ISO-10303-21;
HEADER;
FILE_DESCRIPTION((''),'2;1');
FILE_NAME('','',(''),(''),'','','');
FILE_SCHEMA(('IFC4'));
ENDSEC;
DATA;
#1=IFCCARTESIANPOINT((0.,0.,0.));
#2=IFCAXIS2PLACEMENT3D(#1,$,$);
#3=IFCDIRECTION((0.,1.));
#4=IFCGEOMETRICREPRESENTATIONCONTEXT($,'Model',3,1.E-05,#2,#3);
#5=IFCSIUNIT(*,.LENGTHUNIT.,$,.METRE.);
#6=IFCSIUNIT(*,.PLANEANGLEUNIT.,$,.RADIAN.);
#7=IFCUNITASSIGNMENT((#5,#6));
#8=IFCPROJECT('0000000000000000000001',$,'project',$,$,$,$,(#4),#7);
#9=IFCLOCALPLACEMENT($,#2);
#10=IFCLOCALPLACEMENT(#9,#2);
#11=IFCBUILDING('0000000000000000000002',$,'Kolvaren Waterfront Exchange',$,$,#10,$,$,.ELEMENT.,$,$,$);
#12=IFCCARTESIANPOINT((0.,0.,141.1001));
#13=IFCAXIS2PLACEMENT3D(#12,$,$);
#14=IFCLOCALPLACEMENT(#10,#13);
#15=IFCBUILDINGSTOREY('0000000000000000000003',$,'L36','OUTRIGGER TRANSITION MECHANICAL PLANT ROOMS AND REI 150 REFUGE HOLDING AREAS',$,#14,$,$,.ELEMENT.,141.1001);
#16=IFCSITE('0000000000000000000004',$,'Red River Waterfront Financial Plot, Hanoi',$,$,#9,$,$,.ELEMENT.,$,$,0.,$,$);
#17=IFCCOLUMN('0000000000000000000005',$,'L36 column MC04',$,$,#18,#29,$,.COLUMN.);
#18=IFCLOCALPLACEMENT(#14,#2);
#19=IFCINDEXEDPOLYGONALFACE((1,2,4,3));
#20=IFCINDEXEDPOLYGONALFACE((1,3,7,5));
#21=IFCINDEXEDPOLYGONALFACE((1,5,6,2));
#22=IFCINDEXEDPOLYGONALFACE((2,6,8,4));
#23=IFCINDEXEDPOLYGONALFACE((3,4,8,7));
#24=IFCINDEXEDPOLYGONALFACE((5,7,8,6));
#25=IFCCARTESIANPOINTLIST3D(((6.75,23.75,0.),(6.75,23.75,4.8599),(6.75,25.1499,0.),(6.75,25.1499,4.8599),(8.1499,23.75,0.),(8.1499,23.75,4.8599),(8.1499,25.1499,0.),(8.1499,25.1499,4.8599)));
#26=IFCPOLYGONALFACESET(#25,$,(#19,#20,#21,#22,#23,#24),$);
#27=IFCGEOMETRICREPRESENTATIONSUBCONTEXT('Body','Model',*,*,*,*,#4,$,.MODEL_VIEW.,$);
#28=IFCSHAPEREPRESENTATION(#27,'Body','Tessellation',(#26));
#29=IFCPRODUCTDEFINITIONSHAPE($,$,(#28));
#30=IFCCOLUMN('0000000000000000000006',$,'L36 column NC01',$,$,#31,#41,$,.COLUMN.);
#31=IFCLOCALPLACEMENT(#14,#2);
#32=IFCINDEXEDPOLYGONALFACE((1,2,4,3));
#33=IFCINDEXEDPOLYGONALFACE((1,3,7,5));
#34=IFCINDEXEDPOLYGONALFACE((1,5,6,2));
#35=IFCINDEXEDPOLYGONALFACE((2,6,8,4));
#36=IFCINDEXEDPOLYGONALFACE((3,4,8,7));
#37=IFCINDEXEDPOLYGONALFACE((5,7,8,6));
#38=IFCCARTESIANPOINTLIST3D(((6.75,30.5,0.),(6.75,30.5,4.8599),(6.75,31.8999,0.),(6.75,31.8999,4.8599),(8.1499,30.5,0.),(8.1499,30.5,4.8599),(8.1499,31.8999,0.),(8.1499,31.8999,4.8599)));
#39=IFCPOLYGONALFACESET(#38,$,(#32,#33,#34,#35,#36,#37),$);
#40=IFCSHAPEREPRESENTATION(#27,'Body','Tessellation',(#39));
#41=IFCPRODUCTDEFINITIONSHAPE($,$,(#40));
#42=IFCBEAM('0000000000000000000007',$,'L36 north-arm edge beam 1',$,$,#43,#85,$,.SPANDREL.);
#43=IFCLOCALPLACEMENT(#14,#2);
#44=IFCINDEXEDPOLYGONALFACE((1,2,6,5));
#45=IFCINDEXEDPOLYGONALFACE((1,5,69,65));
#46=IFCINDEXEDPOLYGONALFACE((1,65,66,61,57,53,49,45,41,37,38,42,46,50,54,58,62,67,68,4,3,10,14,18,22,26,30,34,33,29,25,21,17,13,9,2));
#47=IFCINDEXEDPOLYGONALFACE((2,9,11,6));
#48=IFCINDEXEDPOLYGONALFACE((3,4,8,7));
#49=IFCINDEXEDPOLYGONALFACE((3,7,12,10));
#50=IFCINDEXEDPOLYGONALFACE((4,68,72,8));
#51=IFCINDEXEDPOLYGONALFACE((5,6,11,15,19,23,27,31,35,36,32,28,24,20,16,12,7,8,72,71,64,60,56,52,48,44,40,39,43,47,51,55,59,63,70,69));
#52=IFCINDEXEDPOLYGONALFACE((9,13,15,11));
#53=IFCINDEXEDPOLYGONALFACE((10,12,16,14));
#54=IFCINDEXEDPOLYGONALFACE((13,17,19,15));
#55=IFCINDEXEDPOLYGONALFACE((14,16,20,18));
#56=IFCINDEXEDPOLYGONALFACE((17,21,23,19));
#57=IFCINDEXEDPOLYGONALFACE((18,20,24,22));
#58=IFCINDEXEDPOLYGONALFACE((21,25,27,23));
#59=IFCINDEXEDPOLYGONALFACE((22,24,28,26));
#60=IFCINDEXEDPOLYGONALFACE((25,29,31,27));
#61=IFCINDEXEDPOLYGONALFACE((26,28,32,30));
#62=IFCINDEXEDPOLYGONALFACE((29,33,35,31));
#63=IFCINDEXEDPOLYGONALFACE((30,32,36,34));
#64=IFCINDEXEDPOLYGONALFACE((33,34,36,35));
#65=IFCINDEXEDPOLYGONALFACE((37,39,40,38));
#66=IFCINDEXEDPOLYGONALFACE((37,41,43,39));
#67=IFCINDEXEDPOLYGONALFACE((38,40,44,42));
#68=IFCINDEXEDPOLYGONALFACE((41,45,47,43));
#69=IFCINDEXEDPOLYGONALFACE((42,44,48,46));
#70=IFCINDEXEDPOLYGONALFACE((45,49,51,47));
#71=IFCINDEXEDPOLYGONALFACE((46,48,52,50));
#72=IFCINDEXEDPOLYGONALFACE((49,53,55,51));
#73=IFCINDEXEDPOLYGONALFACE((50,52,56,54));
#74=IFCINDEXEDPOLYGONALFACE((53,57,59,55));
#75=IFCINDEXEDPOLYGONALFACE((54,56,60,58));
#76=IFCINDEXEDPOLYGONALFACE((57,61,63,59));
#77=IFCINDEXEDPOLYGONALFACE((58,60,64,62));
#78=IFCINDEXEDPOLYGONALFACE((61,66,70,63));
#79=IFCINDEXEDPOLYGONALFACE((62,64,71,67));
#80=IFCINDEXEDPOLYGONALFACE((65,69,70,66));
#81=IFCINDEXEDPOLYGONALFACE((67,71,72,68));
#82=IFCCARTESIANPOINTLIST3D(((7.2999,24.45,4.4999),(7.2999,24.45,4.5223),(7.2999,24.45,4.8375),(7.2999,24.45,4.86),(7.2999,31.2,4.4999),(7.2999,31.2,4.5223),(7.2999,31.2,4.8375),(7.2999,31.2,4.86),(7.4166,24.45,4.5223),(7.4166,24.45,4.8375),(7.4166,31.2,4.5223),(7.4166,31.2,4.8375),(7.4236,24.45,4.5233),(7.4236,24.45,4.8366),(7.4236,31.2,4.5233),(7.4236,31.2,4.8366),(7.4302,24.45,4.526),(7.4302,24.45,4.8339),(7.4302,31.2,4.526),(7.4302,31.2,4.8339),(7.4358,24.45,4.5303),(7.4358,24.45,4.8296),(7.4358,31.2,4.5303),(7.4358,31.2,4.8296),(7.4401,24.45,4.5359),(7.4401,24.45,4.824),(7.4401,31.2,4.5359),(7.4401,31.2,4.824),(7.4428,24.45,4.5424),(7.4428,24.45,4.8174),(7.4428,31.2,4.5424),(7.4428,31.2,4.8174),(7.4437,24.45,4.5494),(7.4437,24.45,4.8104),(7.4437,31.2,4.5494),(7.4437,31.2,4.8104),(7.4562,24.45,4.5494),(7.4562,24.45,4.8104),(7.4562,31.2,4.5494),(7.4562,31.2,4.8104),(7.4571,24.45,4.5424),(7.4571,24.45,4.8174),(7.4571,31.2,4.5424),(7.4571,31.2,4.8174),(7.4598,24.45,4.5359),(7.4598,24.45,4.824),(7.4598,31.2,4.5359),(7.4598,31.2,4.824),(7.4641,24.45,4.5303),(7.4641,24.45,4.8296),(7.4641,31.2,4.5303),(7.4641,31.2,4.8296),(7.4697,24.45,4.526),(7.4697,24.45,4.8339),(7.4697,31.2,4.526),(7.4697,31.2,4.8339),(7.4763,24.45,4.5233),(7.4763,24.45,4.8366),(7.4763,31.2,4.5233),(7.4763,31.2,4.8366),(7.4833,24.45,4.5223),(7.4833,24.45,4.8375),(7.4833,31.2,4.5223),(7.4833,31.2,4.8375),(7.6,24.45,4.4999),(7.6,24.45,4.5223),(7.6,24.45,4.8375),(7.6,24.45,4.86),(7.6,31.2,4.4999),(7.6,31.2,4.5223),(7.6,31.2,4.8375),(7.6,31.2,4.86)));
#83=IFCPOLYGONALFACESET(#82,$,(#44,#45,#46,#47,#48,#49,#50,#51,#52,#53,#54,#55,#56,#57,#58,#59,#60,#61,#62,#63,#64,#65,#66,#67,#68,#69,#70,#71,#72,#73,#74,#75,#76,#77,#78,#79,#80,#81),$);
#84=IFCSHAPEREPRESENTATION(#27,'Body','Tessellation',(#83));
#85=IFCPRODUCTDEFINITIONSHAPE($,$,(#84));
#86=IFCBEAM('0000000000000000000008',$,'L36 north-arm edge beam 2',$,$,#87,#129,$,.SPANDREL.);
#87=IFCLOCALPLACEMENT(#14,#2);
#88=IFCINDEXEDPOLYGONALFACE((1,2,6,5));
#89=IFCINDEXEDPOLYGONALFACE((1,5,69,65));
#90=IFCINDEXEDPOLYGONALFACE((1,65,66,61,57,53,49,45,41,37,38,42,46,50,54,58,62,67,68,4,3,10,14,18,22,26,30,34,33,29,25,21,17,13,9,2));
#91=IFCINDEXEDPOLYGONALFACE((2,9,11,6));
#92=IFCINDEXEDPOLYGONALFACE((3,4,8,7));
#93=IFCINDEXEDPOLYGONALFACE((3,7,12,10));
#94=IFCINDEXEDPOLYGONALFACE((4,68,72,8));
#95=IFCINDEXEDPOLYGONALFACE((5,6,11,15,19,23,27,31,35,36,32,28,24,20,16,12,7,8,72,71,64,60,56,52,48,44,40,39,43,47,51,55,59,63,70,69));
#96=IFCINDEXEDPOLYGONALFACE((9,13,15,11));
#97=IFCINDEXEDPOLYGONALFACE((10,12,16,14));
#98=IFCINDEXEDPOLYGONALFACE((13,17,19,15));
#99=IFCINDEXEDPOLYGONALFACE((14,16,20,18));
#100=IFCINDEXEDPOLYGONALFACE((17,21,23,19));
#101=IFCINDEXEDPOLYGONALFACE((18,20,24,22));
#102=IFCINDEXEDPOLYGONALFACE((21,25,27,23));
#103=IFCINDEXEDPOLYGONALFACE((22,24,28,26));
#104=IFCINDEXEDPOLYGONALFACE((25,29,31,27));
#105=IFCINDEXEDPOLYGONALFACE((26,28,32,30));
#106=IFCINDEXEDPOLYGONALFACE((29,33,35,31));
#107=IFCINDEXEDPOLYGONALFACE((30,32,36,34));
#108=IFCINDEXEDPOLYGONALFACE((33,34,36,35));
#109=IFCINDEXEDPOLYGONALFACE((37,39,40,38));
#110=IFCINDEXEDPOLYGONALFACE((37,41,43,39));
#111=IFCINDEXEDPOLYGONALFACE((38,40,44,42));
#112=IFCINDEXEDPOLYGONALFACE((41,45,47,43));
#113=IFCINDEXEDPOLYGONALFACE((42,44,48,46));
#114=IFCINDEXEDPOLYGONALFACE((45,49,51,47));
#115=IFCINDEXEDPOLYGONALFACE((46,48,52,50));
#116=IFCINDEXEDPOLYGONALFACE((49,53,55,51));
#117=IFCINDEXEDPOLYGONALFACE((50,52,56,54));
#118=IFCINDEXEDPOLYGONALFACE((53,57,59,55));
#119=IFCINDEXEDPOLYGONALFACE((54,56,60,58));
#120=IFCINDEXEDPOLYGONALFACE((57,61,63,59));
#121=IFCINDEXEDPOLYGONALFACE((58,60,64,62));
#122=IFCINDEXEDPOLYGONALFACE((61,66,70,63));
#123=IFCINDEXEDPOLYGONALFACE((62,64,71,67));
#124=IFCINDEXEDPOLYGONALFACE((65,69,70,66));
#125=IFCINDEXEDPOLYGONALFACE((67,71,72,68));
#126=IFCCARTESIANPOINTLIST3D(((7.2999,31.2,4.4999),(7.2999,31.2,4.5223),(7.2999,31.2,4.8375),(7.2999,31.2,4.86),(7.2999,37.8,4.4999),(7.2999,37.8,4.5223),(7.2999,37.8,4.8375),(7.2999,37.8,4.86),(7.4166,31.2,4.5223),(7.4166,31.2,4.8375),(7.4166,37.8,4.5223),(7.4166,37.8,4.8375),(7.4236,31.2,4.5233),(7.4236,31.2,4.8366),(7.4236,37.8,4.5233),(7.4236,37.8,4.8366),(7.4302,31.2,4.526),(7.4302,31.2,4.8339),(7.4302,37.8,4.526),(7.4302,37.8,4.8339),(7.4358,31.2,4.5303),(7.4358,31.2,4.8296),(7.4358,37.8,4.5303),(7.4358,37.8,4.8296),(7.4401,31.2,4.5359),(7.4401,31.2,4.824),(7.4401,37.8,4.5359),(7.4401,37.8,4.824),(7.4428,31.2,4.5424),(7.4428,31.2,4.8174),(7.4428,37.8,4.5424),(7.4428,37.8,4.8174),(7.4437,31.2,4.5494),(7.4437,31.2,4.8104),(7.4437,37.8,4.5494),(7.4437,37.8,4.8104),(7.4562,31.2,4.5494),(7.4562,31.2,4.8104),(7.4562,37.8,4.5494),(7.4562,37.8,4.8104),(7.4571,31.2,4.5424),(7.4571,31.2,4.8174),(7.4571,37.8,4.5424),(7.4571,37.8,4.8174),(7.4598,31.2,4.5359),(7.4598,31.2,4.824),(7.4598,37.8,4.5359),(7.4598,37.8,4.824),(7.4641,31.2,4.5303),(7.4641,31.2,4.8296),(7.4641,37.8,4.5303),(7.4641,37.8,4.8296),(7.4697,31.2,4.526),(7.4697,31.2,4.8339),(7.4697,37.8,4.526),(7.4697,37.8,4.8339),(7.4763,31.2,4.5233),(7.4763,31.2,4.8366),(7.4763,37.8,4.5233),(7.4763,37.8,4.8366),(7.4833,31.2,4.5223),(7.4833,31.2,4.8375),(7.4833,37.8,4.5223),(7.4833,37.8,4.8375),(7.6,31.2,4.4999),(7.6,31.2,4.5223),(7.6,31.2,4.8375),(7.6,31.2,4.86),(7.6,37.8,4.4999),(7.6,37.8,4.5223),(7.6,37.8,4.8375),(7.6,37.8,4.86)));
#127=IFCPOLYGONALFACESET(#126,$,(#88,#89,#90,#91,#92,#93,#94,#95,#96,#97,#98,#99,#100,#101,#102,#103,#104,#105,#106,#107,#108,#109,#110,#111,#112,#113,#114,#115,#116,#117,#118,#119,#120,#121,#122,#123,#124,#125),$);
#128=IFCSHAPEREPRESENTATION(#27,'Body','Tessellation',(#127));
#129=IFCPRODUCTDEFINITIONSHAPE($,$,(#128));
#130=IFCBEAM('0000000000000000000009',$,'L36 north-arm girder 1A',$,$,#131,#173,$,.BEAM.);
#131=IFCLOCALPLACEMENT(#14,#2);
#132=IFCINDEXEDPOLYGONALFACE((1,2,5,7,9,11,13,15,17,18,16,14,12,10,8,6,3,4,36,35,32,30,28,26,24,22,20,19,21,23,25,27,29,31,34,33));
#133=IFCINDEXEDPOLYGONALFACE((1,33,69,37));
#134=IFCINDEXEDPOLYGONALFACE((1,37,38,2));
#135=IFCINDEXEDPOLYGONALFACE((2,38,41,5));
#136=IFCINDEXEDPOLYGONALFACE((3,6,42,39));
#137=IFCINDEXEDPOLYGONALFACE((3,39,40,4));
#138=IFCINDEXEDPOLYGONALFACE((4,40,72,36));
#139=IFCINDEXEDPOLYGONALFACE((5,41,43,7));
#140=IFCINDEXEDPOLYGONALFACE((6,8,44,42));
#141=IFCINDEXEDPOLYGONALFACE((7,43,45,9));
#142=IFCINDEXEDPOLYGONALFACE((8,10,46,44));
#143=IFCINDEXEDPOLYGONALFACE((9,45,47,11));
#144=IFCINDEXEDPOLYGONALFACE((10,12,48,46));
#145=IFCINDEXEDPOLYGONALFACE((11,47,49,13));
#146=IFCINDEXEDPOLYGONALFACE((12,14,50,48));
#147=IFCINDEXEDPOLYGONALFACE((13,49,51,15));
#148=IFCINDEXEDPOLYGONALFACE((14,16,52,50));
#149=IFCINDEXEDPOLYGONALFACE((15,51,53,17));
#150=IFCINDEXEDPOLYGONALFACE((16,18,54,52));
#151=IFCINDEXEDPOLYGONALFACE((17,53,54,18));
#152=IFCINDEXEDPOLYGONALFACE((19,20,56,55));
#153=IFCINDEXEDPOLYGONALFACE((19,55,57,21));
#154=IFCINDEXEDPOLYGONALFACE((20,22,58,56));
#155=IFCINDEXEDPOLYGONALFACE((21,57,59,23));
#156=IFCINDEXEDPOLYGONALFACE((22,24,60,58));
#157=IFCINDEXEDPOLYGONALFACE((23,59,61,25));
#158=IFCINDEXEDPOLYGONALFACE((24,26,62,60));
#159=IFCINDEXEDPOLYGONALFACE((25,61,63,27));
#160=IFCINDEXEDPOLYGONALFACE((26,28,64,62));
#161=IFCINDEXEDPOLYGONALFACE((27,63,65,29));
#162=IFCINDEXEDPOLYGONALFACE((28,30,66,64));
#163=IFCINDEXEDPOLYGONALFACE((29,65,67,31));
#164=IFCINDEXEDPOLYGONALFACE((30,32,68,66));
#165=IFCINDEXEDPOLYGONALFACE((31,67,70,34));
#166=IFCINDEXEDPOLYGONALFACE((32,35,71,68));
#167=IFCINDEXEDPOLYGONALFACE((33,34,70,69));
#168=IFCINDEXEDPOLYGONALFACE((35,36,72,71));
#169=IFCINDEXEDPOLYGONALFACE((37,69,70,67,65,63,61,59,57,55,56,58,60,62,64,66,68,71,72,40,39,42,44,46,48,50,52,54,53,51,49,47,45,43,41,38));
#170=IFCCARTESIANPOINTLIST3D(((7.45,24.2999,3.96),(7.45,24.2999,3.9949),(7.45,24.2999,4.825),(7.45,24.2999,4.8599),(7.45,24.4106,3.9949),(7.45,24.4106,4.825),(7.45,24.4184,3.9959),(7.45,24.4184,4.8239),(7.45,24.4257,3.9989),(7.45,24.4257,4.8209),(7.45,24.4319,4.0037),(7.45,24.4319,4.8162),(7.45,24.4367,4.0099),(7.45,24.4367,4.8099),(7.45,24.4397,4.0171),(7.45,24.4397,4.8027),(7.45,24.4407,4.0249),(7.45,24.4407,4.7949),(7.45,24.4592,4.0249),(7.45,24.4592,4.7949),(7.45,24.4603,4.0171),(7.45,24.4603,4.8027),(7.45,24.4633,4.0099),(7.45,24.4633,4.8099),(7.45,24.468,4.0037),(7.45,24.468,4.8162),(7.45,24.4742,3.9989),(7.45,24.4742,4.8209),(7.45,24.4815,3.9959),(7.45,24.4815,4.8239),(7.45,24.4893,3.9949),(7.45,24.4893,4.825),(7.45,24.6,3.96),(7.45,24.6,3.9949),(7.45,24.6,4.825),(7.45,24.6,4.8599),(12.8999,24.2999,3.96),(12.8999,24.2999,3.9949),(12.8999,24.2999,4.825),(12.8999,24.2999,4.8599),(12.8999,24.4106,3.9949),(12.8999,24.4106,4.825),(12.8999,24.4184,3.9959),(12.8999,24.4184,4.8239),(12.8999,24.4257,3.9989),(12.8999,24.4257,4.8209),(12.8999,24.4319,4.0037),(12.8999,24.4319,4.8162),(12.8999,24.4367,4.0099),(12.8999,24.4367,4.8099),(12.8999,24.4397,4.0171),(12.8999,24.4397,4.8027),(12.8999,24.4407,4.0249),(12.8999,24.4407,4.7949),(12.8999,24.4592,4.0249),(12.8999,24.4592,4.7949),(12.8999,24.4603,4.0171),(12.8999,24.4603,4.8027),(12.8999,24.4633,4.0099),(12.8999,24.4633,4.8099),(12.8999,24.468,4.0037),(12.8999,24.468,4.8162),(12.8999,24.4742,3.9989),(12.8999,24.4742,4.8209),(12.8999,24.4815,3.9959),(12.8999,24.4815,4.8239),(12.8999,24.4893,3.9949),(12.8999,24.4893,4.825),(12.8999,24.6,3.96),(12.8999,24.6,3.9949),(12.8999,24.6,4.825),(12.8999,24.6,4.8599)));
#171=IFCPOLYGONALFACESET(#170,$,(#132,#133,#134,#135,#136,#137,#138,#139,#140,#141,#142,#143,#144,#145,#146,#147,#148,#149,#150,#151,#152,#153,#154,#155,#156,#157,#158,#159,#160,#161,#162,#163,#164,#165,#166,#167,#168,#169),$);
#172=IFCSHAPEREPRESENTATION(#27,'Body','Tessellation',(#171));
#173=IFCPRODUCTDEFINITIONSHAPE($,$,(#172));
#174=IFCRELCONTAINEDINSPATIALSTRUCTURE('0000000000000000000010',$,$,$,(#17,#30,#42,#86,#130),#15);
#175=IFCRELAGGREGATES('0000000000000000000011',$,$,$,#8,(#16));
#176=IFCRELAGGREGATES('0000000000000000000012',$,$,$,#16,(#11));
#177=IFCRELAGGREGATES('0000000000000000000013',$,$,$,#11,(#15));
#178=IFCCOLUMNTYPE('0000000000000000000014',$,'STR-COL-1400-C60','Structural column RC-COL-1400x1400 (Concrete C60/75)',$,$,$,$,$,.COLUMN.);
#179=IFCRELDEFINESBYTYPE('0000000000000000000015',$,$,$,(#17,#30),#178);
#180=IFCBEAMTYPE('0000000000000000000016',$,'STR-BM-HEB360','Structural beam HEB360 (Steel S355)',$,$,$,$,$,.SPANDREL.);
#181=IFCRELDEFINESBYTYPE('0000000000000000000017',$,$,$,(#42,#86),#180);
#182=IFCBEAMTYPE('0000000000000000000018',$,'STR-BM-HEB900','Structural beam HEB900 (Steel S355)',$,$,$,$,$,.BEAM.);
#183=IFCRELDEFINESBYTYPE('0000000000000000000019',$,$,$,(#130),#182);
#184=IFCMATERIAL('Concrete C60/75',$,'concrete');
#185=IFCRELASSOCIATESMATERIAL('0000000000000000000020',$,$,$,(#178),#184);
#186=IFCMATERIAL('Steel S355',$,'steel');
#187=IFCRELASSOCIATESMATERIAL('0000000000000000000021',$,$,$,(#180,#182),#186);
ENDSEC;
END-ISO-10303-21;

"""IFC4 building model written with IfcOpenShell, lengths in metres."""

from ifc_helpers import new_model, si_unit, direction, frame, origin, origin_2d, place, context, subcontext, project, spatial, rectangle, i_section, extrude, material, material_profile, profile_set, type_object, element, save


model = new_model("IFC4")

# Units and contexts
model_context = context("Model", 3, precision=1e-05, world=origin(), true_north=direction((0.0, 1.0)))
body_context = subcontext(model_context, "Body", "Model", "MODEL_VIEW")
ifc_project = project(units=[si_unit("LENGTHUNIT", "METRE"), si_unit("PLANEANGLEUNIT", "RADIAN")], contexts=[model_context])

# Site, building, storey
site_placement = place(None, origin())
site = spatial("IfcSite", under=ifc_project, at=site_placement, Name="Red River Waterfront Financial Plot, Hanoi", CompositionType="ELEMENT", RefElevation=0.0)
building_placement = place(site_placement, origin())
building = spatial("IfcBuilding", under=site, at=building_placement, Name="Kolvaren Waterfront Exchange", CompositionType="ELEMENT")
storey_placement = place(building_placement, frame((0.0, 0.0, 141.1001)))
storey = spatial("IfcBuildingStorey", under=building, at=storey_placement, Name="L36", Description="OUTRIGGER TRANSITION MECHANICAL PLANT ROOMS AND REI 150 REFUGE HOLDING AREAS", CompositionType="ELEMENT", Elevation=141.1001)

# Columns
ifc_material_1 = material(Name="Concrete C60/75", Category="concrete")
ifc_material_profile_1 = material_profile(ifc_material_1, rectangle(XDim=1.3999, YDim=1.3999, at=origin_2d()), Name="RC-COL-1400x1400")
ifc_profile_set_1 = profile_set([ifc_material_profile_1], Name="Concrete C60/75")
column_type = type_object("IfcColumnType", Name="STR-COL-1400-C60", Description="Structural column RC-COL-1400x1400 (Concrete C60/75)", PredefinedType="COLUMN", material=ifc_profile_set_1)
for number, where, z_axis, x_axis, name in (
    (1, (7.45, 24.45, 0.0), (0.0, 0.0, 1.0), (1.0, 0.0, 0.0), "L36 column MC04"),
    (2, (7.45, 31.2, 0.0), (0.0, 0.0, 1.0), (1.0, 0.0, 0.0), "L36 column NC01"),
):
    element("IfcColumn", number, at=place(storey_placement, frame(where, z_axis=z_axis, x_axis=x_axis)), inside=storey, type_object=column_type, Name=name, PredefinedType="COLUMN", context=body_context, shape_type="SweptSolid", body=[
        extrude(rectangle(XDim=1.3999, YDim=1.3999, at=origin_2d()), origin(), (0.0, 0.0, 1.0), 4.8599),
    ])

# Beams
ifc_material_2 = material(Name="Steel S355", Category="steel")
ifc_material_profile_2 = material_profile(ifc_material_2, i_section(OverallWidth=0.3, OverallDepth=0.3601, WebThickness=0.0125, FlangeThickness=0.0225, FilletRadius=0.0271, at=origin_2d()), Name="HEB360")
ifc_profile_set_2 = profile_set([ifc_material_profile_2], Name="Steel S355")
beam_type_1 = type_object("IfcBeamType", Name="STR-BM-HEB360", Description="Structural beam HEB360 (Steel S355)", PredefinedType="SPANDREL", material=ifc_profile_set_2)
beam_1_placement = place(storey_placement, frame((7.45, 24.45, 4.6799), z_axis=(0.0, 1.0, 0.0), x_axis=(-1.0, 0.0, 0.0)))
element("IfcBeam", 3, at=beam_1_placement, inside=storey, type_object=beam_type_1, Name="L36 north-arm edge beam 1", PredefinedType="SPANDREL", context=body_context, shape_type="SweptSolid", body=[
    extrude(i_section(OverallWidth=0.3, OverallDepth=0.3601, WebThickness=0.0125, FlangeThickness=0.0225, FilletRadius=0.0271, at=origin_2d()), origin(), (0.0, 0.0, 1.0), 6.75),
])
beam_2_placement = place(storey_placement, frame((7.45, 31.2, 4.6799), z_axis=(0.0, 1.0, 0.0), x_axis=(-1.0, 0.0, 0.0)))
element("IfcBeam", 4, at=beam_2_placement, inside=storey, type_object=beam_type_1, Name="L36 north-arm edge beam 2", PredefinedType="SPANDREL", context=body_context, shape_type="SweptSolid", body=[
    extrude(i_section(OverallWidth=0.3, OverallDepth=0.3601, WebThickness=0.0125, FlangeThickness=0.0225, FilletRadius=0.0271, at=origin_2d()), origin(), (0.0, 0.0, 1.0), 6.6001),
])
ifc_material_profile_3 = material_profile(ifc_material_2, i_section(OverallWidth=0.3, OverallDepth=0.8999, WebThickness=0.0186, FlangeThickness=0.0349, FilletRadius=0.03, at=origin_2d()), Name="HEB900")
ifc_profile_set_3 = profile_set([ifc_material_profile_3], Name="Steel S355")
beam_type_2 = type_object("IfcBeamType", Name="STR-BM-HEB900", Description="Structural beam HEB900 (Steel S355)", PredefinedType="BEAM", material=ifc_profile_set_3)
for number, where, z_axis, x_axis, name in (
    (5, (7.45, 24.45, 4.4099), (1.0, 0.0, 0.0), (0.0, 1.0, 0.0), "L36 north-arm girder 1A"),
):
    element("IfcBeam", number, at=place(storey_placement, frame(where, z_axis=z_axis, x_axis=x_axis)), inside=storey, type_object=beam_type_2, Name=name, PredefinedType="BEAM", context=body_context, shape_type="SweptSolid", body=[
        extrude(i_section(OverallWidth=0.3, OverallDepth=0.8999, WebThickness=0.0186, FlangeThickness=0.0349, FilletRadius=0.03, at=origin_2d()), origin(), (0.0, 0.0, 1.0), 5.45),
    ])

save(model, "model.ifc")
